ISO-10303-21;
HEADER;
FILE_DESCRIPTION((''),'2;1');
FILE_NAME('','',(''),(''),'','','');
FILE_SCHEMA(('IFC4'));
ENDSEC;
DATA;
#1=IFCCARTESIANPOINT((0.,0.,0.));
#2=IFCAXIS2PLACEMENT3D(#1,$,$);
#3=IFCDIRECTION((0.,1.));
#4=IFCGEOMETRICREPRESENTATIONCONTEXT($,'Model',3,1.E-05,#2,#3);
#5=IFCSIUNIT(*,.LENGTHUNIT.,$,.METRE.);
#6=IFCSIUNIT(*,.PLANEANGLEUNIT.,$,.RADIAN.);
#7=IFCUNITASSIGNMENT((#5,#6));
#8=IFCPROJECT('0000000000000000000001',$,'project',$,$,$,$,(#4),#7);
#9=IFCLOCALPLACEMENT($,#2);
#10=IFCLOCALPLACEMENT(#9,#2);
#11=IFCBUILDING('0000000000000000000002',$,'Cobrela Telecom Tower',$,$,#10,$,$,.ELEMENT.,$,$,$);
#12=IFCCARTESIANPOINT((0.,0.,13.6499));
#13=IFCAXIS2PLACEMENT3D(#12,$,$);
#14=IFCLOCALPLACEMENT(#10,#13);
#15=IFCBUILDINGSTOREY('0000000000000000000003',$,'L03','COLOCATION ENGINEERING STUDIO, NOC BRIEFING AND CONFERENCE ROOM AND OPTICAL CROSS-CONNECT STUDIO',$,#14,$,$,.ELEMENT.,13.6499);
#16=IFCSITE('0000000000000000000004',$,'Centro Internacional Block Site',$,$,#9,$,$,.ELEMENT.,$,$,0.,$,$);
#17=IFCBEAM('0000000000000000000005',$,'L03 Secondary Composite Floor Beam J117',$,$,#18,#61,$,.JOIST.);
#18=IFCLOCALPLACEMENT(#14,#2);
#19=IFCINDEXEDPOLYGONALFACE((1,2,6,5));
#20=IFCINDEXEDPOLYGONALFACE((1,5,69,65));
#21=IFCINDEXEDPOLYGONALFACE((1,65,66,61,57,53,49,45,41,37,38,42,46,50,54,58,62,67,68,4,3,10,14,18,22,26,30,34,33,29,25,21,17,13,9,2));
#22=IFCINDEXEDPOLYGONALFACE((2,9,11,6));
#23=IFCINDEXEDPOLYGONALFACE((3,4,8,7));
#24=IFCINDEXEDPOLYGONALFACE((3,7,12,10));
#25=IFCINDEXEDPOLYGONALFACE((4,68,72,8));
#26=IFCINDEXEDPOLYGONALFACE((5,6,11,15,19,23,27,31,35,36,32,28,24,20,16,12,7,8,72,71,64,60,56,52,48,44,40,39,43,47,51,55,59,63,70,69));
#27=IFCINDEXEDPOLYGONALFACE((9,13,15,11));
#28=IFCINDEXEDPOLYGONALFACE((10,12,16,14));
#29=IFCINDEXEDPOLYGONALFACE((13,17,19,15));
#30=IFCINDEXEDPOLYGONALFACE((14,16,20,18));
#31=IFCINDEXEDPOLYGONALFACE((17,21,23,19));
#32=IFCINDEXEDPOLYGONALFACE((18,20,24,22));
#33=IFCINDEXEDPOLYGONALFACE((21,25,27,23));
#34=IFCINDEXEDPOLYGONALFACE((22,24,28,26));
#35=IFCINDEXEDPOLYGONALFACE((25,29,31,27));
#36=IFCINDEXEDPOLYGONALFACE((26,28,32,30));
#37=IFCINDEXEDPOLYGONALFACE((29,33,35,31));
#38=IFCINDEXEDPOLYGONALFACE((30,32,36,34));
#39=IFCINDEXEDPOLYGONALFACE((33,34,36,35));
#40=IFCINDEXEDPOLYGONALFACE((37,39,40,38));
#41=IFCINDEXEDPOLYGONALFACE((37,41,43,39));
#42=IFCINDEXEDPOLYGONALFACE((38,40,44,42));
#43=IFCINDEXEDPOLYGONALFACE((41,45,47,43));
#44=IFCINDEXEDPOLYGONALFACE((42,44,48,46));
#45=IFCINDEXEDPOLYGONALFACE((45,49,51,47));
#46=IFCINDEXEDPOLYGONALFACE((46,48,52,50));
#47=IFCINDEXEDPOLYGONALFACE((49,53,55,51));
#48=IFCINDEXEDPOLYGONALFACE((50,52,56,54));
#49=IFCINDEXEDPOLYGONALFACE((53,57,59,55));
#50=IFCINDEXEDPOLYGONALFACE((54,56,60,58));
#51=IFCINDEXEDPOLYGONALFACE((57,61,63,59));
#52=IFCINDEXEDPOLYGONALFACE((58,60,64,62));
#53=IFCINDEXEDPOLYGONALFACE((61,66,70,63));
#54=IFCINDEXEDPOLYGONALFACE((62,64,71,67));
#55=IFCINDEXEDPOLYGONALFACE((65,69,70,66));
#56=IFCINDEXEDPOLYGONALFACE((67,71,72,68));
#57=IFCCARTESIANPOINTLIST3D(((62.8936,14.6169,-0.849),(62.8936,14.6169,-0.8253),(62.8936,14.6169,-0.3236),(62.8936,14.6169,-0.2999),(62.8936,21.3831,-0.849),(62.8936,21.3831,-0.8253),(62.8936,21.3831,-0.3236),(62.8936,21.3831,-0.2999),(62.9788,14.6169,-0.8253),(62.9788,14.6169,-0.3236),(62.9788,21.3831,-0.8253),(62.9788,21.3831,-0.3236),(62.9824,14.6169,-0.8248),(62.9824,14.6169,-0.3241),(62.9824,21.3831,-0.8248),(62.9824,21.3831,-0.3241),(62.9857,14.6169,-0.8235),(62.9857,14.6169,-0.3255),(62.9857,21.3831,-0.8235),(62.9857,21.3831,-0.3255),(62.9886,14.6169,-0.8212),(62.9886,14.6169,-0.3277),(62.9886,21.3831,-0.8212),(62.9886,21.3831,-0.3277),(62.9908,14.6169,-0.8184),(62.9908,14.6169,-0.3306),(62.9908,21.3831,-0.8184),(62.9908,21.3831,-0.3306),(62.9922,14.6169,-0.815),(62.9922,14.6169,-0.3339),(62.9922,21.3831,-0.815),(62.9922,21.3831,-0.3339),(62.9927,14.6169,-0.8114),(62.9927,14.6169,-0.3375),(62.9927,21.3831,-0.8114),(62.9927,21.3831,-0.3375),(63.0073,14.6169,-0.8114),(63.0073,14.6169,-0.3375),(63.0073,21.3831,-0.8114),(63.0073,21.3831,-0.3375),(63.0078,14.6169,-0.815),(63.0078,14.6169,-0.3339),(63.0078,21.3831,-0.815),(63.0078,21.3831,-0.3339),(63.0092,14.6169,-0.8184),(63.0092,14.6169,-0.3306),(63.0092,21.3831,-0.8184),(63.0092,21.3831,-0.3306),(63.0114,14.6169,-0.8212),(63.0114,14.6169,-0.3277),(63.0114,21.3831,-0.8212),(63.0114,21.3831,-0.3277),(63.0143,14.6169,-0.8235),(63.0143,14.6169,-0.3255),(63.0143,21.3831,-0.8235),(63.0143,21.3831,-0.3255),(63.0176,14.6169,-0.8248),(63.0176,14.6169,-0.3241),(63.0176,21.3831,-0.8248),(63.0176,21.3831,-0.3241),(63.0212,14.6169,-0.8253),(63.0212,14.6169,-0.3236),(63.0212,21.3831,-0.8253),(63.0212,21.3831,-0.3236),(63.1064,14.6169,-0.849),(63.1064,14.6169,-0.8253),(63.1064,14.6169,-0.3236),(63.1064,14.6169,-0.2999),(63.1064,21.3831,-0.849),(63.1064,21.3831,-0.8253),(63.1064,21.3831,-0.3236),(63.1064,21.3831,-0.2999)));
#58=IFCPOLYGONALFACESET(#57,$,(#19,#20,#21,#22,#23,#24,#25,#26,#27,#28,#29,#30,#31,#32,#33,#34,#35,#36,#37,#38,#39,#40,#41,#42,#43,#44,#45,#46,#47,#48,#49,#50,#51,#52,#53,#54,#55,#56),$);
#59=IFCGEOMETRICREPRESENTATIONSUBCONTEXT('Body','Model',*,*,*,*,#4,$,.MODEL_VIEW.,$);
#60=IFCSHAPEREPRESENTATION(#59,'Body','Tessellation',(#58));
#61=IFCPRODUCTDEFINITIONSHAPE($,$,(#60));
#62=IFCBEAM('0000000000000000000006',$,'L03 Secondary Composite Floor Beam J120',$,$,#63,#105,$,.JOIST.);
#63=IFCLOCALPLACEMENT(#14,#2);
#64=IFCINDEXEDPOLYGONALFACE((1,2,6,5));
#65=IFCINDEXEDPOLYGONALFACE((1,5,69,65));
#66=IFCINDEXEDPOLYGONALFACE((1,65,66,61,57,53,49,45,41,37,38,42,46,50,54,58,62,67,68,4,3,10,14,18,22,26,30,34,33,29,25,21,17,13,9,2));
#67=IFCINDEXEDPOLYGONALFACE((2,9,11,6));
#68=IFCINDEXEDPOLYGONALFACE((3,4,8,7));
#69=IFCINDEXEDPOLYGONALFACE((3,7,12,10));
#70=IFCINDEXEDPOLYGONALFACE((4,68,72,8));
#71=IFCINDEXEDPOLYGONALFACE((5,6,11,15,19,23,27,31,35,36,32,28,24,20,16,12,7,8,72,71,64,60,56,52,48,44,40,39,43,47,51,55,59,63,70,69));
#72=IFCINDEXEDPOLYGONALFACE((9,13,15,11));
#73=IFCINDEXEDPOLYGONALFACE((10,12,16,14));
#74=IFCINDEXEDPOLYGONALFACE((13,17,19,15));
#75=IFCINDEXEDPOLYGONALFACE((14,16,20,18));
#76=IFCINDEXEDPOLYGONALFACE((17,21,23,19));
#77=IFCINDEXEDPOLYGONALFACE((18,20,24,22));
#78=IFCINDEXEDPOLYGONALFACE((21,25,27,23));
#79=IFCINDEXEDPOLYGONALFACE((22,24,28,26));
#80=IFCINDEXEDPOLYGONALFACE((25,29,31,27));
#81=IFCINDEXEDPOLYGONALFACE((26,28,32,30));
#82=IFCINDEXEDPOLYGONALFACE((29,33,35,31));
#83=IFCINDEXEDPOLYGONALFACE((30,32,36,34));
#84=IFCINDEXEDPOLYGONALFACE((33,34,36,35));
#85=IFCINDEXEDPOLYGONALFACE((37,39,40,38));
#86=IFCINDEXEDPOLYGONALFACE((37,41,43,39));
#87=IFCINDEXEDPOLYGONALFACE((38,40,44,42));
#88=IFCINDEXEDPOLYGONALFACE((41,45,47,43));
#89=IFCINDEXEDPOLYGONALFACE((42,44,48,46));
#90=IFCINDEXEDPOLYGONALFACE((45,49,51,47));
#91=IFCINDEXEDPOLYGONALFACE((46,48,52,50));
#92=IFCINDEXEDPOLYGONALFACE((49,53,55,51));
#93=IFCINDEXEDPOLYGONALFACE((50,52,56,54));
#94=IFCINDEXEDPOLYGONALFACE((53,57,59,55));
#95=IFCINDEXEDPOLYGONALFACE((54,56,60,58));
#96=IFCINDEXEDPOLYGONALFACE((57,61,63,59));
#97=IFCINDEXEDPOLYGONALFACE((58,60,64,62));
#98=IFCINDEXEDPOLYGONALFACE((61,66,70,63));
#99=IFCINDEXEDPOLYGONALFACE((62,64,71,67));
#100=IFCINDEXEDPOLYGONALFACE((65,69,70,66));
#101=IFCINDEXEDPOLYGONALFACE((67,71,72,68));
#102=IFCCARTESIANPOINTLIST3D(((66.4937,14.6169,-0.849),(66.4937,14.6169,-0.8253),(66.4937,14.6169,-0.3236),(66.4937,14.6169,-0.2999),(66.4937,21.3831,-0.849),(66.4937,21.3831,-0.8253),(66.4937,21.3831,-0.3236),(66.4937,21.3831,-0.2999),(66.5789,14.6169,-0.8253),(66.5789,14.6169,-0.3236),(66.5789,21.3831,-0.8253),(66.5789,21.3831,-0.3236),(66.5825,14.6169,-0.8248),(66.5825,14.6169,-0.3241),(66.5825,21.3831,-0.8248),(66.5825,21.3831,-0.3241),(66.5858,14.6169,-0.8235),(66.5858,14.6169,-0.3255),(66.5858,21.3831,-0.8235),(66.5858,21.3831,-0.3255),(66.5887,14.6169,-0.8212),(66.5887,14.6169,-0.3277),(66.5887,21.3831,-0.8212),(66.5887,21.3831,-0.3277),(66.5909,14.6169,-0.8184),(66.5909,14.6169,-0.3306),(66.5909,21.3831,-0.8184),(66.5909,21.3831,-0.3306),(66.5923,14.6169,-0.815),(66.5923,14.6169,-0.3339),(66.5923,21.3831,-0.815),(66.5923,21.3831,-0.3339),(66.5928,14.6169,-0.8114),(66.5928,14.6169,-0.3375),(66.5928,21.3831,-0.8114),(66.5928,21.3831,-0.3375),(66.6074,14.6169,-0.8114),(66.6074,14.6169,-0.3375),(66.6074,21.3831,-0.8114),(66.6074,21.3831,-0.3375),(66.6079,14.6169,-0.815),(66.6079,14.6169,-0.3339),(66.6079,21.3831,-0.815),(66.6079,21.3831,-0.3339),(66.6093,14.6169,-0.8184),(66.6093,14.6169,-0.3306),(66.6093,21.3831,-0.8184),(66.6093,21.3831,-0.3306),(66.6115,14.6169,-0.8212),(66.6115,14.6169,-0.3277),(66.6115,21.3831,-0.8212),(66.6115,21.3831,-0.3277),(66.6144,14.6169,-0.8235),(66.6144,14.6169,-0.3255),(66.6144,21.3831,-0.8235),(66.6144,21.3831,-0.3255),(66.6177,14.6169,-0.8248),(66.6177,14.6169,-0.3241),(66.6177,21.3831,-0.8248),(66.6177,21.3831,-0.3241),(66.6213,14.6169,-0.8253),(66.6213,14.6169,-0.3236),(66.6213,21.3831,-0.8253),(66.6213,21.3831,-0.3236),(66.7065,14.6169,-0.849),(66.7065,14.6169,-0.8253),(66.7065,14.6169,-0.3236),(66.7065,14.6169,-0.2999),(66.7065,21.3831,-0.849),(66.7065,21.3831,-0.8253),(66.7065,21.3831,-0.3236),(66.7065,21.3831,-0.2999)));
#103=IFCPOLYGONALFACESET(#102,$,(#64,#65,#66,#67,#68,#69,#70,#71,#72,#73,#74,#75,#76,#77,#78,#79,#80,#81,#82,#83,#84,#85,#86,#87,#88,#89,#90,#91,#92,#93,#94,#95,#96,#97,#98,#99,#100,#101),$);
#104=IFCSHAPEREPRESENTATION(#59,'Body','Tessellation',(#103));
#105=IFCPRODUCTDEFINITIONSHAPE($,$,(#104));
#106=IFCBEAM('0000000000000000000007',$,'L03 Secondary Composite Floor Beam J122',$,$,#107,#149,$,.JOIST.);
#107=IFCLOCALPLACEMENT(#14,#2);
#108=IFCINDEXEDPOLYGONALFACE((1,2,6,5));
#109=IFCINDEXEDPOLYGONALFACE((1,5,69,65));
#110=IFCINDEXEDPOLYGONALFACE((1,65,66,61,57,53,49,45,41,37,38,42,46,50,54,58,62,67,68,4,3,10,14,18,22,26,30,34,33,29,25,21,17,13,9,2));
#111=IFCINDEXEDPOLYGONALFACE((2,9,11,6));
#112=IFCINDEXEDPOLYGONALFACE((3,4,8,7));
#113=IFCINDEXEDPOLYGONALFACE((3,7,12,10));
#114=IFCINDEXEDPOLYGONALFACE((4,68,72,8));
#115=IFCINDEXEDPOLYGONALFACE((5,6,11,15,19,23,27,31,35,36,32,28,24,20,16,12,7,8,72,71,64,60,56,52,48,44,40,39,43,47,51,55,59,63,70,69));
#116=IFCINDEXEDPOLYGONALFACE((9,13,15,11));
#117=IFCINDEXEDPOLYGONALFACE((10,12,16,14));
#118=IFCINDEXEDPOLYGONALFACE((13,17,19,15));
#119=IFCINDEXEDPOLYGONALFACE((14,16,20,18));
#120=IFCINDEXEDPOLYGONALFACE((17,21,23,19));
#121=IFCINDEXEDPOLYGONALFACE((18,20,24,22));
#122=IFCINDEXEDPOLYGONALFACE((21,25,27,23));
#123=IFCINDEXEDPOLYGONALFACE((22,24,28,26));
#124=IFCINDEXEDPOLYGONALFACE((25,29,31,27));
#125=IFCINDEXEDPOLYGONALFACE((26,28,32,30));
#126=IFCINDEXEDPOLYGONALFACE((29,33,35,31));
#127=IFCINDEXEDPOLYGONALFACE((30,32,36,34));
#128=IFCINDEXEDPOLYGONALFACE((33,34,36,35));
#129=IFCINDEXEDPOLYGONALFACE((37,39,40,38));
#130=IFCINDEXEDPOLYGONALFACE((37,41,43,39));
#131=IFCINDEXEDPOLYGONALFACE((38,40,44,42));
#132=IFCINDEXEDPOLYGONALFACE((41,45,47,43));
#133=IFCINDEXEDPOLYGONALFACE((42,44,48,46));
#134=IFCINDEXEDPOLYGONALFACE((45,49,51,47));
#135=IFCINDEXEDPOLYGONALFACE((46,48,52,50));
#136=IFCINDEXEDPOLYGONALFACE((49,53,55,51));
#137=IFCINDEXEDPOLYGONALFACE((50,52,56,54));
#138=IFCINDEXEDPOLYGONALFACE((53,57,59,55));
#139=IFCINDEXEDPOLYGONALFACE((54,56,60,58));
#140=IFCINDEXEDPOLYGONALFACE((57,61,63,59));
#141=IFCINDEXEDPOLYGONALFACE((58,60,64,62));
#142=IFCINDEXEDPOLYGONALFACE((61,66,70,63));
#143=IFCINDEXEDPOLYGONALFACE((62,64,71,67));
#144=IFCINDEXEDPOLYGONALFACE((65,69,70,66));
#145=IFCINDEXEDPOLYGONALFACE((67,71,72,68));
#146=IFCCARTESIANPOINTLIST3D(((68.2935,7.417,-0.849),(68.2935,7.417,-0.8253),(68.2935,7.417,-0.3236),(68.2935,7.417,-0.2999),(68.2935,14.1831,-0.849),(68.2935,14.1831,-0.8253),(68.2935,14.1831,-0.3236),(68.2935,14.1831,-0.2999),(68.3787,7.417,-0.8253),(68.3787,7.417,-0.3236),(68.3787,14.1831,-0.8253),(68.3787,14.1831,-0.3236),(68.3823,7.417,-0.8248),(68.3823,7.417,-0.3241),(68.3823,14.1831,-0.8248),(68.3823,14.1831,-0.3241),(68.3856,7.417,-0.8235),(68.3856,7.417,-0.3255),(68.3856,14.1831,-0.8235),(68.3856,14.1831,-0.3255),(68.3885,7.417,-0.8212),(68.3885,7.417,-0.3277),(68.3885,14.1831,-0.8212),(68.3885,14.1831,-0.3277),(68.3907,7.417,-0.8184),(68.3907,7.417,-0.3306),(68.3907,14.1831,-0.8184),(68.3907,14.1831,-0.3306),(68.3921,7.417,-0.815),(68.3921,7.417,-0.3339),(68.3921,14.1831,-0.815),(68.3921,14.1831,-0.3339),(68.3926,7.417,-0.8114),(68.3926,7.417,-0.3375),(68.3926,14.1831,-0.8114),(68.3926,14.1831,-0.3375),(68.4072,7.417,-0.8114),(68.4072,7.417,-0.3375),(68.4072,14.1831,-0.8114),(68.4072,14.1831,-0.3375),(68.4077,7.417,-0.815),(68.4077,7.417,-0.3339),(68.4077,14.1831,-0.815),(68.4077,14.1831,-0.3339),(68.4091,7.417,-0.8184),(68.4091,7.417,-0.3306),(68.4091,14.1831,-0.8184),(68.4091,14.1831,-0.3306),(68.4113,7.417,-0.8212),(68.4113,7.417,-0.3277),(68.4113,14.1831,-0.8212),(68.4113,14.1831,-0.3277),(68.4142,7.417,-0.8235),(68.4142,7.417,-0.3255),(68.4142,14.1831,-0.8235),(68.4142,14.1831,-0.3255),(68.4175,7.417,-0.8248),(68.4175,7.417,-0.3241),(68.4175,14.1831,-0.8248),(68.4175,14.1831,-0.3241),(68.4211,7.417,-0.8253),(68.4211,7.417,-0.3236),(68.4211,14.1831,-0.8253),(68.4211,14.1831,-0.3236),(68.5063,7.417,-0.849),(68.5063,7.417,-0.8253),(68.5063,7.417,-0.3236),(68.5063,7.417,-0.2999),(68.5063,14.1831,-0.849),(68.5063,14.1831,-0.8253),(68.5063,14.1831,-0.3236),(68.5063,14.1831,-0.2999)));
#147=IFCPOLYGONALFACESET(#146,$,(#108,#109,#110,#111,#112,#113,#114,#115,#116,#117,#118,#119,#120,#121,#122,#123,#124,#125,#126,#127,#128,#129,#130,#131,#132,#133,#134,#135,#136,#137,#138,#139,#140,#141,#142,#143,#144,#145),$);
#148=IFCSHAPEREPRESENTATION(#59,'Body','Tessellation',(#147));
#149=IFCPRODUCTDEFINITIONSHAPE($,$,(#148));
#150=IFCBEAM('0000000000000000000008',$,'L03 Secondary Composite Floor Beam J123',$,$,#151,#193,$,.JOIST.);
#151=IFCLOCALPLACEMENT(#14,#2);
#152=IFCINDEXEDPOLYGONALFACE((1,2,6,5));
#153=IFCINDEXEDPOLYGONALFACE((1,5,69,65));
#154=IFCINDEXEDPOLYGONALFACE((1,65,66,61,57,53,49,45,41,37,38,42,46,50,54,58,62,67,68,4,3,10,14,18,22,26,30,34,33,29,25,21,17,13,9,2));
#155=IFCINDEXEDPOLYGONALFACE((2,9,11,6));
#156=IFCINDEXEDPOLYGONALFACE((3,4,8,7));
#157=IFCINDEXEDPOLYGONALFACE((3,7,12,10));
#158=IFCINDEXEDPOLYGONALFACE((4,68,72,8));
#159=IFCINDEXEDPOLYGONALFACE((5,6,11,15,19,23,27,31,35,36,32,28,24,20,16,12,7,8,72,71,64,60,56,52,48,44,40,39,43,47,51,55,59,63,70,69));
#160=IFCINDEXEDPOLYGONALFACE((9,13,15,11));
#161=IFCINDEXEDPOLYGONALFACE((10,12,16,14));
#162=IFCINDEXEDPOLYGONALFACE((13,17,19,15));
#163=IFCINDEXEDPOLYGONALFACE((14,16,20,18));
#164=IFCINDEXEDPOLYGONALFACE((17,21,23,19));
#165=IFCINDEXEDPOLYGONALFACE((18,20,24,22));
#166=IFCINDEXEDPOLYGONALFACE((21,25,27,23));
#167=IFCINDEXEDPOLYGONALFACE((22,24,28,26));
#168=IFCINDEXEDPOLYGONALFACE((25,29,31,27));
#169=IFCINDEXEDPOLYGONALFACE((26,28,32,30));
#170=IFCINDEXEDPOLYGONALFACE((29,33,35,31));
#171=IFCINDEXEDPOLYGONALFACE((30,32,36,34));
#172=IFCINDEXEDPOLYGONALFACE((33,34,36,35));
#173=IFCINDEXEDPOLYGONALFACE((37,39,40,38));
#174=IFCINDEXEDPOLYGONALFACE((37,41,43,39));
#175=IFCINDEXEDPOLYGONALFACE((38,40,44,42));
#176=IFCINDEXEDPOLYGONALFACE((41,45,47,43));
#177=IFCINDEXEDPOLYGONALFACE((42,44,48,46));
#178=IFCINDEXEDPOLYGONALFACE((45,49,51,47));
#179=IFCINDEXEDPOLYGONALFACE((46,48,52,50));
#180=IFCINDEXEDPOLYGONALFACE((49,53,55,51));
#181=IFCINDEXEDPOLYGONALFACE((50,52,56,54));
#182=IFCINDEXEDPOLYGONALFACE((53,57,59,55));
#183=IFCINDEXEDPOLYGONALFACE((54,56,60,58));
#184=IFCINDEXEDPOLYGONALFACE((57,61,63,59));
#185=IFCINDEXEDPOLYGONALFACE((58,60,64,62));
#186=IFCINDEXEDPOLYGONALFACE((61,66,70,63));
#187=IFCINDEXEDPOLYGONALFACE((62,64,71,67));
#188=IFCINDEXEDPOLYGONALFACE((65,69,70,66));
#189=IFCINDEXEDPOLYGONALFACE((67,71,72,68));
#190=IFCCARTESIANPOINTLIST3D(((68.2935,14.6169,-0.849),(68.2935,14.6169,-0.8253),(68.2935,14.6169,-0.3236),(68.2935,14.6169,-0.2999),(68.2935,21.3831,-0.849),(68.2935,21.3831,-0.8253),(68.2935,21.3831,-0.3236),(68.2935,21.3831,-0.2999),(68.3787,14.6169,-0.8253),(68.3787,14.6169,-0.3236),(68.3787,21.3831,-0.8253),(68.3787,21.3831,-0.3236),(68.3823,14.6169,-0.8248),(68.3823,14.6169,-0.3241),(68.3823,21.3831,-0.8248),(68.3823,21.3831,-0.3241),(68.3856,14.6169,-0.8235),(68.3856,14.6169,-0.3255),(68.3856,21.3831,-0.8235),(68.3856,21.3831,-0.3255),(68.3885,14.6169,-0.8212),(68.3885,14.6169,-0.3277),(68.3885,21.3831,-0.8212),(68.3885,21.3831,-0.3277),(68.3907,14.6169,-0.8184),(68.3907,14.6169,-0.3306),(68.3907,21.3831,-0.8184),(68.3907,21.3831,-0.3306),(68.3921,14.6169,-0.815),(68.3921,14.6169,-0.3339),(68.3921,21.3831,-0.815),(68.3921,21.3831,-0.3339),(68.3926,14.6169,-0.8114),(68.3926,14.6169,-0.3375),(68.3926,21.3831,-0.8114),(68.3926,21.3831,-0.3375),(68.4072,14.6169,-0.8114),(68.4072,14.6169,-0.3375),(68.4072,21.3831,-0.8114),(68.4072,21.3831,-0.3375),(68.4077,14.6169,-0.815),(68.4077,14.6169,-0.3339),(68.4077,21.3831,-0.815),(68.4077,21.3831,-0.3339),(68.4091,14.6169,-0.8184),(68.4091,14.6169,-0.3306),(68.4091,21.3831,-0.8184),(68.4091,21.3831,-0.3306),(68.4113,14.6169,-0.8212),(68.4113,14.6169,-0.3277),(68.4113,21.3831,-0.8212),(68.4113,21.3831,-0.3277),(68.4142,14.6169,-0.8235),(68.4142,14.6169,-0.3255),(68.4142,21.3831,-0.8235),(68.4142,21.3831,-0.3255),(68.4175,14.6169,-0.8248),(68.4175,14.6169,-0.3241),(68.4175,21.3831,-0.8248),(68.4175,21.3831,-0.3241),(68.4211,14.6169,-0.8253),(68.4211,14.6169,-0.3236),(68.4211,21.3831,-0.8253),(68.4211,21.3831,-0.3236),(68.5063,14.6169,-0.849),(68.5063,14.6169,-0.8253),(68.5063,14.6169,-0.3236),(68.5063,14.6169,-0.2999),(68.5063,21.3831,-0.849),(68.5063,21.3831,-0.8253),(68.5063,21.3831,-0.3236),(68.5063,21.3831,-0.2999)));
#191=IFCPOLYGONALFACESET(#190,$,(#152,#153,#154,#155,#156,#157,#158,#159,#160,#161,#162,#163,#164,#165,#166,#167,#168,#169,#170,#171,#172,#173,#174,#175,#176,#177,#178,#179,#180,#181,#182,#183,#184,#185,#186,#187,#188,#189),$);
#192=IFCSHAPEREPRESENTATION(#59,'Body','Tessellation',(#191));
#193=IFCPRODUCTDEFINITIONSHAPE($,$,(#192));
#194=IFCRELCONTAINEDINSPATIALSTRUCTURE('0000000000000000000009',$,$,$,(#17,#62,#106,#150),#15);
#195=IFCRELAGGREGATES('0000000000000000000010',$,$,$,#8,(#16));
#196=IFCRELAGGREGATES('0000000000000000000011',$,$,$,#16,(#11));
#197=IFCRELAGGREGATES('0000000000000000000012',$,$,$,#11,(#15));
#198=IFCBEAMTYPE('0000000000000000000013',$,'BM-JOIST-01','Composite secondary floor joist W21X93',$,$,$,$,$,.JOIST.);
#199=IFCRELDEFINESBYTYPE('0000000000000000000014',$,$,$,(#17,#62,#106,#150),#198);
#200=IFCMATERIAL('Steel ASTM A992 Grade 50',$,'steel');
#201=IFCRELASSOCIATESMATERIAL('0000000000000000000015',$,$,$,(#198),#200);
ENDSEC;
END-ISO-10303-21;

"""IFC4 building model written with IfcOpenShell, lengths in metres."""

from ifc_helpers import new_model, si_unit, direction, frame, origin, origin_2d, place, context, subcontext, project, spatial, i_section, extrude, material, material_profile, profile_set, type_object, element, save


model = new_model("IFC4")

# Units and contexts
model_context = context("Model", 3, precision=1e-05, world=origin(), true_north=direction((0.0, 1.0)))
body_context = subcontext(model_context, "Body", "Model", "MODEL_VIEW")
ifc_project = project(units=[si_unit("LENGTHUNIT", "METRE"), si_unit("PLANEANGLEUNIT", "RADIAN")], contexts=[model_context])

# Site, building, storey
site_placement = place(None, origin())
site = spatial("IfcSite", under=ifc_project, at=site_placement, Name="Centro Internacional Block Site", CompositionType="ELEMENT", RefElevation=0.0)
building_placement = place(site_placement, origin())
building = spatial("IfcBuilding", under=site, at=building_placement, Name="Cobrela Telecom Tower", CompositionType="ELEMENT")
storey_placement = place(building_placement, frame((0.0, 0.0, 13.6499)))
storey = spatial("IfcBuildingStorey", under=building, at=storey_placement, Name="L03", Description="COLOCATION ENGINEERING STUDIO, NOC BRIEFING AND CONFERENCE ROOM AND OPTICAL CROSS-CONNECT STUDIO", CompositionType="ELEMENT", Elevation=13.6499)

# Beams
ifc_material_1 = material(Name="Steel ASTM A992 Grade 50", Category="steel")
ifc_material_profile_1 = material_profile(ifc_material_1, i_section(OverallWidth=0.2129, OverallDepth=0.5491, WebThickness=0.0146, FlangeThickness=0.0237, FilletRadius=0.0139, at=origin_2d()), Name="W21X93")
ifc_profile_set_1 = profile_set([ifc_material_profile_1], Name="Steel ASTM A992 Grade 50")
beam_type_1 = type_object("IfcBeamType", Name="BM-JOIST-01", Description="Composite secondary floor joist W21X93", PredefinedType="JOIST", material=ifc_profile_set_1)
for number, where, z_axis, x_axis, name in (
    (1, (63.0, 14.6169, -0.5745), (0.0, 1.0, 0.0), (-1.0, 0.0, 0.0), "L03 Secondary Composite Floor Beam J117"),
    (2, (66.6001, 14.6169, -0.5745), (0.0, 1.0, 0.0), (-1.0, 0.0, 0.0), "L03 Secondary Composite Floor Beam J120"),
    (3, (68.3999, 7.417, -0.5745), (0.0, 1.0, 0.0), (-1.0, 0.0, 0.0), "L03 Secondary Composite Floor Beam J122"),
    (4, (68.3999, 14.6169, -0.5745), (0.0, 1.0, 0.0), (-1.0, 0.0, 0.0), "L03 Secondary Composite Floor Beam J123"),
):
    element("IfcBeam", number, at=place(storey_placement, frame(where, z_axis=z_axis, x_axis=x_axis)), inside=storey, type_object=beam_type_1, Name=name, PredefinedType="JOIST", context=body_context, shape_type="SweptSolid", body=[
        extrude(i_section(OverallWidth=0.2129, OverallDepth=0.5491, WebThickness=0.0146, FlangeThickness=0.0237, FilletRadius=0.0139, at=origin_2d()), origin(), (0.0, 0.0, 1.0), 6.7661),
    ])

save(model, "model.ifc")
